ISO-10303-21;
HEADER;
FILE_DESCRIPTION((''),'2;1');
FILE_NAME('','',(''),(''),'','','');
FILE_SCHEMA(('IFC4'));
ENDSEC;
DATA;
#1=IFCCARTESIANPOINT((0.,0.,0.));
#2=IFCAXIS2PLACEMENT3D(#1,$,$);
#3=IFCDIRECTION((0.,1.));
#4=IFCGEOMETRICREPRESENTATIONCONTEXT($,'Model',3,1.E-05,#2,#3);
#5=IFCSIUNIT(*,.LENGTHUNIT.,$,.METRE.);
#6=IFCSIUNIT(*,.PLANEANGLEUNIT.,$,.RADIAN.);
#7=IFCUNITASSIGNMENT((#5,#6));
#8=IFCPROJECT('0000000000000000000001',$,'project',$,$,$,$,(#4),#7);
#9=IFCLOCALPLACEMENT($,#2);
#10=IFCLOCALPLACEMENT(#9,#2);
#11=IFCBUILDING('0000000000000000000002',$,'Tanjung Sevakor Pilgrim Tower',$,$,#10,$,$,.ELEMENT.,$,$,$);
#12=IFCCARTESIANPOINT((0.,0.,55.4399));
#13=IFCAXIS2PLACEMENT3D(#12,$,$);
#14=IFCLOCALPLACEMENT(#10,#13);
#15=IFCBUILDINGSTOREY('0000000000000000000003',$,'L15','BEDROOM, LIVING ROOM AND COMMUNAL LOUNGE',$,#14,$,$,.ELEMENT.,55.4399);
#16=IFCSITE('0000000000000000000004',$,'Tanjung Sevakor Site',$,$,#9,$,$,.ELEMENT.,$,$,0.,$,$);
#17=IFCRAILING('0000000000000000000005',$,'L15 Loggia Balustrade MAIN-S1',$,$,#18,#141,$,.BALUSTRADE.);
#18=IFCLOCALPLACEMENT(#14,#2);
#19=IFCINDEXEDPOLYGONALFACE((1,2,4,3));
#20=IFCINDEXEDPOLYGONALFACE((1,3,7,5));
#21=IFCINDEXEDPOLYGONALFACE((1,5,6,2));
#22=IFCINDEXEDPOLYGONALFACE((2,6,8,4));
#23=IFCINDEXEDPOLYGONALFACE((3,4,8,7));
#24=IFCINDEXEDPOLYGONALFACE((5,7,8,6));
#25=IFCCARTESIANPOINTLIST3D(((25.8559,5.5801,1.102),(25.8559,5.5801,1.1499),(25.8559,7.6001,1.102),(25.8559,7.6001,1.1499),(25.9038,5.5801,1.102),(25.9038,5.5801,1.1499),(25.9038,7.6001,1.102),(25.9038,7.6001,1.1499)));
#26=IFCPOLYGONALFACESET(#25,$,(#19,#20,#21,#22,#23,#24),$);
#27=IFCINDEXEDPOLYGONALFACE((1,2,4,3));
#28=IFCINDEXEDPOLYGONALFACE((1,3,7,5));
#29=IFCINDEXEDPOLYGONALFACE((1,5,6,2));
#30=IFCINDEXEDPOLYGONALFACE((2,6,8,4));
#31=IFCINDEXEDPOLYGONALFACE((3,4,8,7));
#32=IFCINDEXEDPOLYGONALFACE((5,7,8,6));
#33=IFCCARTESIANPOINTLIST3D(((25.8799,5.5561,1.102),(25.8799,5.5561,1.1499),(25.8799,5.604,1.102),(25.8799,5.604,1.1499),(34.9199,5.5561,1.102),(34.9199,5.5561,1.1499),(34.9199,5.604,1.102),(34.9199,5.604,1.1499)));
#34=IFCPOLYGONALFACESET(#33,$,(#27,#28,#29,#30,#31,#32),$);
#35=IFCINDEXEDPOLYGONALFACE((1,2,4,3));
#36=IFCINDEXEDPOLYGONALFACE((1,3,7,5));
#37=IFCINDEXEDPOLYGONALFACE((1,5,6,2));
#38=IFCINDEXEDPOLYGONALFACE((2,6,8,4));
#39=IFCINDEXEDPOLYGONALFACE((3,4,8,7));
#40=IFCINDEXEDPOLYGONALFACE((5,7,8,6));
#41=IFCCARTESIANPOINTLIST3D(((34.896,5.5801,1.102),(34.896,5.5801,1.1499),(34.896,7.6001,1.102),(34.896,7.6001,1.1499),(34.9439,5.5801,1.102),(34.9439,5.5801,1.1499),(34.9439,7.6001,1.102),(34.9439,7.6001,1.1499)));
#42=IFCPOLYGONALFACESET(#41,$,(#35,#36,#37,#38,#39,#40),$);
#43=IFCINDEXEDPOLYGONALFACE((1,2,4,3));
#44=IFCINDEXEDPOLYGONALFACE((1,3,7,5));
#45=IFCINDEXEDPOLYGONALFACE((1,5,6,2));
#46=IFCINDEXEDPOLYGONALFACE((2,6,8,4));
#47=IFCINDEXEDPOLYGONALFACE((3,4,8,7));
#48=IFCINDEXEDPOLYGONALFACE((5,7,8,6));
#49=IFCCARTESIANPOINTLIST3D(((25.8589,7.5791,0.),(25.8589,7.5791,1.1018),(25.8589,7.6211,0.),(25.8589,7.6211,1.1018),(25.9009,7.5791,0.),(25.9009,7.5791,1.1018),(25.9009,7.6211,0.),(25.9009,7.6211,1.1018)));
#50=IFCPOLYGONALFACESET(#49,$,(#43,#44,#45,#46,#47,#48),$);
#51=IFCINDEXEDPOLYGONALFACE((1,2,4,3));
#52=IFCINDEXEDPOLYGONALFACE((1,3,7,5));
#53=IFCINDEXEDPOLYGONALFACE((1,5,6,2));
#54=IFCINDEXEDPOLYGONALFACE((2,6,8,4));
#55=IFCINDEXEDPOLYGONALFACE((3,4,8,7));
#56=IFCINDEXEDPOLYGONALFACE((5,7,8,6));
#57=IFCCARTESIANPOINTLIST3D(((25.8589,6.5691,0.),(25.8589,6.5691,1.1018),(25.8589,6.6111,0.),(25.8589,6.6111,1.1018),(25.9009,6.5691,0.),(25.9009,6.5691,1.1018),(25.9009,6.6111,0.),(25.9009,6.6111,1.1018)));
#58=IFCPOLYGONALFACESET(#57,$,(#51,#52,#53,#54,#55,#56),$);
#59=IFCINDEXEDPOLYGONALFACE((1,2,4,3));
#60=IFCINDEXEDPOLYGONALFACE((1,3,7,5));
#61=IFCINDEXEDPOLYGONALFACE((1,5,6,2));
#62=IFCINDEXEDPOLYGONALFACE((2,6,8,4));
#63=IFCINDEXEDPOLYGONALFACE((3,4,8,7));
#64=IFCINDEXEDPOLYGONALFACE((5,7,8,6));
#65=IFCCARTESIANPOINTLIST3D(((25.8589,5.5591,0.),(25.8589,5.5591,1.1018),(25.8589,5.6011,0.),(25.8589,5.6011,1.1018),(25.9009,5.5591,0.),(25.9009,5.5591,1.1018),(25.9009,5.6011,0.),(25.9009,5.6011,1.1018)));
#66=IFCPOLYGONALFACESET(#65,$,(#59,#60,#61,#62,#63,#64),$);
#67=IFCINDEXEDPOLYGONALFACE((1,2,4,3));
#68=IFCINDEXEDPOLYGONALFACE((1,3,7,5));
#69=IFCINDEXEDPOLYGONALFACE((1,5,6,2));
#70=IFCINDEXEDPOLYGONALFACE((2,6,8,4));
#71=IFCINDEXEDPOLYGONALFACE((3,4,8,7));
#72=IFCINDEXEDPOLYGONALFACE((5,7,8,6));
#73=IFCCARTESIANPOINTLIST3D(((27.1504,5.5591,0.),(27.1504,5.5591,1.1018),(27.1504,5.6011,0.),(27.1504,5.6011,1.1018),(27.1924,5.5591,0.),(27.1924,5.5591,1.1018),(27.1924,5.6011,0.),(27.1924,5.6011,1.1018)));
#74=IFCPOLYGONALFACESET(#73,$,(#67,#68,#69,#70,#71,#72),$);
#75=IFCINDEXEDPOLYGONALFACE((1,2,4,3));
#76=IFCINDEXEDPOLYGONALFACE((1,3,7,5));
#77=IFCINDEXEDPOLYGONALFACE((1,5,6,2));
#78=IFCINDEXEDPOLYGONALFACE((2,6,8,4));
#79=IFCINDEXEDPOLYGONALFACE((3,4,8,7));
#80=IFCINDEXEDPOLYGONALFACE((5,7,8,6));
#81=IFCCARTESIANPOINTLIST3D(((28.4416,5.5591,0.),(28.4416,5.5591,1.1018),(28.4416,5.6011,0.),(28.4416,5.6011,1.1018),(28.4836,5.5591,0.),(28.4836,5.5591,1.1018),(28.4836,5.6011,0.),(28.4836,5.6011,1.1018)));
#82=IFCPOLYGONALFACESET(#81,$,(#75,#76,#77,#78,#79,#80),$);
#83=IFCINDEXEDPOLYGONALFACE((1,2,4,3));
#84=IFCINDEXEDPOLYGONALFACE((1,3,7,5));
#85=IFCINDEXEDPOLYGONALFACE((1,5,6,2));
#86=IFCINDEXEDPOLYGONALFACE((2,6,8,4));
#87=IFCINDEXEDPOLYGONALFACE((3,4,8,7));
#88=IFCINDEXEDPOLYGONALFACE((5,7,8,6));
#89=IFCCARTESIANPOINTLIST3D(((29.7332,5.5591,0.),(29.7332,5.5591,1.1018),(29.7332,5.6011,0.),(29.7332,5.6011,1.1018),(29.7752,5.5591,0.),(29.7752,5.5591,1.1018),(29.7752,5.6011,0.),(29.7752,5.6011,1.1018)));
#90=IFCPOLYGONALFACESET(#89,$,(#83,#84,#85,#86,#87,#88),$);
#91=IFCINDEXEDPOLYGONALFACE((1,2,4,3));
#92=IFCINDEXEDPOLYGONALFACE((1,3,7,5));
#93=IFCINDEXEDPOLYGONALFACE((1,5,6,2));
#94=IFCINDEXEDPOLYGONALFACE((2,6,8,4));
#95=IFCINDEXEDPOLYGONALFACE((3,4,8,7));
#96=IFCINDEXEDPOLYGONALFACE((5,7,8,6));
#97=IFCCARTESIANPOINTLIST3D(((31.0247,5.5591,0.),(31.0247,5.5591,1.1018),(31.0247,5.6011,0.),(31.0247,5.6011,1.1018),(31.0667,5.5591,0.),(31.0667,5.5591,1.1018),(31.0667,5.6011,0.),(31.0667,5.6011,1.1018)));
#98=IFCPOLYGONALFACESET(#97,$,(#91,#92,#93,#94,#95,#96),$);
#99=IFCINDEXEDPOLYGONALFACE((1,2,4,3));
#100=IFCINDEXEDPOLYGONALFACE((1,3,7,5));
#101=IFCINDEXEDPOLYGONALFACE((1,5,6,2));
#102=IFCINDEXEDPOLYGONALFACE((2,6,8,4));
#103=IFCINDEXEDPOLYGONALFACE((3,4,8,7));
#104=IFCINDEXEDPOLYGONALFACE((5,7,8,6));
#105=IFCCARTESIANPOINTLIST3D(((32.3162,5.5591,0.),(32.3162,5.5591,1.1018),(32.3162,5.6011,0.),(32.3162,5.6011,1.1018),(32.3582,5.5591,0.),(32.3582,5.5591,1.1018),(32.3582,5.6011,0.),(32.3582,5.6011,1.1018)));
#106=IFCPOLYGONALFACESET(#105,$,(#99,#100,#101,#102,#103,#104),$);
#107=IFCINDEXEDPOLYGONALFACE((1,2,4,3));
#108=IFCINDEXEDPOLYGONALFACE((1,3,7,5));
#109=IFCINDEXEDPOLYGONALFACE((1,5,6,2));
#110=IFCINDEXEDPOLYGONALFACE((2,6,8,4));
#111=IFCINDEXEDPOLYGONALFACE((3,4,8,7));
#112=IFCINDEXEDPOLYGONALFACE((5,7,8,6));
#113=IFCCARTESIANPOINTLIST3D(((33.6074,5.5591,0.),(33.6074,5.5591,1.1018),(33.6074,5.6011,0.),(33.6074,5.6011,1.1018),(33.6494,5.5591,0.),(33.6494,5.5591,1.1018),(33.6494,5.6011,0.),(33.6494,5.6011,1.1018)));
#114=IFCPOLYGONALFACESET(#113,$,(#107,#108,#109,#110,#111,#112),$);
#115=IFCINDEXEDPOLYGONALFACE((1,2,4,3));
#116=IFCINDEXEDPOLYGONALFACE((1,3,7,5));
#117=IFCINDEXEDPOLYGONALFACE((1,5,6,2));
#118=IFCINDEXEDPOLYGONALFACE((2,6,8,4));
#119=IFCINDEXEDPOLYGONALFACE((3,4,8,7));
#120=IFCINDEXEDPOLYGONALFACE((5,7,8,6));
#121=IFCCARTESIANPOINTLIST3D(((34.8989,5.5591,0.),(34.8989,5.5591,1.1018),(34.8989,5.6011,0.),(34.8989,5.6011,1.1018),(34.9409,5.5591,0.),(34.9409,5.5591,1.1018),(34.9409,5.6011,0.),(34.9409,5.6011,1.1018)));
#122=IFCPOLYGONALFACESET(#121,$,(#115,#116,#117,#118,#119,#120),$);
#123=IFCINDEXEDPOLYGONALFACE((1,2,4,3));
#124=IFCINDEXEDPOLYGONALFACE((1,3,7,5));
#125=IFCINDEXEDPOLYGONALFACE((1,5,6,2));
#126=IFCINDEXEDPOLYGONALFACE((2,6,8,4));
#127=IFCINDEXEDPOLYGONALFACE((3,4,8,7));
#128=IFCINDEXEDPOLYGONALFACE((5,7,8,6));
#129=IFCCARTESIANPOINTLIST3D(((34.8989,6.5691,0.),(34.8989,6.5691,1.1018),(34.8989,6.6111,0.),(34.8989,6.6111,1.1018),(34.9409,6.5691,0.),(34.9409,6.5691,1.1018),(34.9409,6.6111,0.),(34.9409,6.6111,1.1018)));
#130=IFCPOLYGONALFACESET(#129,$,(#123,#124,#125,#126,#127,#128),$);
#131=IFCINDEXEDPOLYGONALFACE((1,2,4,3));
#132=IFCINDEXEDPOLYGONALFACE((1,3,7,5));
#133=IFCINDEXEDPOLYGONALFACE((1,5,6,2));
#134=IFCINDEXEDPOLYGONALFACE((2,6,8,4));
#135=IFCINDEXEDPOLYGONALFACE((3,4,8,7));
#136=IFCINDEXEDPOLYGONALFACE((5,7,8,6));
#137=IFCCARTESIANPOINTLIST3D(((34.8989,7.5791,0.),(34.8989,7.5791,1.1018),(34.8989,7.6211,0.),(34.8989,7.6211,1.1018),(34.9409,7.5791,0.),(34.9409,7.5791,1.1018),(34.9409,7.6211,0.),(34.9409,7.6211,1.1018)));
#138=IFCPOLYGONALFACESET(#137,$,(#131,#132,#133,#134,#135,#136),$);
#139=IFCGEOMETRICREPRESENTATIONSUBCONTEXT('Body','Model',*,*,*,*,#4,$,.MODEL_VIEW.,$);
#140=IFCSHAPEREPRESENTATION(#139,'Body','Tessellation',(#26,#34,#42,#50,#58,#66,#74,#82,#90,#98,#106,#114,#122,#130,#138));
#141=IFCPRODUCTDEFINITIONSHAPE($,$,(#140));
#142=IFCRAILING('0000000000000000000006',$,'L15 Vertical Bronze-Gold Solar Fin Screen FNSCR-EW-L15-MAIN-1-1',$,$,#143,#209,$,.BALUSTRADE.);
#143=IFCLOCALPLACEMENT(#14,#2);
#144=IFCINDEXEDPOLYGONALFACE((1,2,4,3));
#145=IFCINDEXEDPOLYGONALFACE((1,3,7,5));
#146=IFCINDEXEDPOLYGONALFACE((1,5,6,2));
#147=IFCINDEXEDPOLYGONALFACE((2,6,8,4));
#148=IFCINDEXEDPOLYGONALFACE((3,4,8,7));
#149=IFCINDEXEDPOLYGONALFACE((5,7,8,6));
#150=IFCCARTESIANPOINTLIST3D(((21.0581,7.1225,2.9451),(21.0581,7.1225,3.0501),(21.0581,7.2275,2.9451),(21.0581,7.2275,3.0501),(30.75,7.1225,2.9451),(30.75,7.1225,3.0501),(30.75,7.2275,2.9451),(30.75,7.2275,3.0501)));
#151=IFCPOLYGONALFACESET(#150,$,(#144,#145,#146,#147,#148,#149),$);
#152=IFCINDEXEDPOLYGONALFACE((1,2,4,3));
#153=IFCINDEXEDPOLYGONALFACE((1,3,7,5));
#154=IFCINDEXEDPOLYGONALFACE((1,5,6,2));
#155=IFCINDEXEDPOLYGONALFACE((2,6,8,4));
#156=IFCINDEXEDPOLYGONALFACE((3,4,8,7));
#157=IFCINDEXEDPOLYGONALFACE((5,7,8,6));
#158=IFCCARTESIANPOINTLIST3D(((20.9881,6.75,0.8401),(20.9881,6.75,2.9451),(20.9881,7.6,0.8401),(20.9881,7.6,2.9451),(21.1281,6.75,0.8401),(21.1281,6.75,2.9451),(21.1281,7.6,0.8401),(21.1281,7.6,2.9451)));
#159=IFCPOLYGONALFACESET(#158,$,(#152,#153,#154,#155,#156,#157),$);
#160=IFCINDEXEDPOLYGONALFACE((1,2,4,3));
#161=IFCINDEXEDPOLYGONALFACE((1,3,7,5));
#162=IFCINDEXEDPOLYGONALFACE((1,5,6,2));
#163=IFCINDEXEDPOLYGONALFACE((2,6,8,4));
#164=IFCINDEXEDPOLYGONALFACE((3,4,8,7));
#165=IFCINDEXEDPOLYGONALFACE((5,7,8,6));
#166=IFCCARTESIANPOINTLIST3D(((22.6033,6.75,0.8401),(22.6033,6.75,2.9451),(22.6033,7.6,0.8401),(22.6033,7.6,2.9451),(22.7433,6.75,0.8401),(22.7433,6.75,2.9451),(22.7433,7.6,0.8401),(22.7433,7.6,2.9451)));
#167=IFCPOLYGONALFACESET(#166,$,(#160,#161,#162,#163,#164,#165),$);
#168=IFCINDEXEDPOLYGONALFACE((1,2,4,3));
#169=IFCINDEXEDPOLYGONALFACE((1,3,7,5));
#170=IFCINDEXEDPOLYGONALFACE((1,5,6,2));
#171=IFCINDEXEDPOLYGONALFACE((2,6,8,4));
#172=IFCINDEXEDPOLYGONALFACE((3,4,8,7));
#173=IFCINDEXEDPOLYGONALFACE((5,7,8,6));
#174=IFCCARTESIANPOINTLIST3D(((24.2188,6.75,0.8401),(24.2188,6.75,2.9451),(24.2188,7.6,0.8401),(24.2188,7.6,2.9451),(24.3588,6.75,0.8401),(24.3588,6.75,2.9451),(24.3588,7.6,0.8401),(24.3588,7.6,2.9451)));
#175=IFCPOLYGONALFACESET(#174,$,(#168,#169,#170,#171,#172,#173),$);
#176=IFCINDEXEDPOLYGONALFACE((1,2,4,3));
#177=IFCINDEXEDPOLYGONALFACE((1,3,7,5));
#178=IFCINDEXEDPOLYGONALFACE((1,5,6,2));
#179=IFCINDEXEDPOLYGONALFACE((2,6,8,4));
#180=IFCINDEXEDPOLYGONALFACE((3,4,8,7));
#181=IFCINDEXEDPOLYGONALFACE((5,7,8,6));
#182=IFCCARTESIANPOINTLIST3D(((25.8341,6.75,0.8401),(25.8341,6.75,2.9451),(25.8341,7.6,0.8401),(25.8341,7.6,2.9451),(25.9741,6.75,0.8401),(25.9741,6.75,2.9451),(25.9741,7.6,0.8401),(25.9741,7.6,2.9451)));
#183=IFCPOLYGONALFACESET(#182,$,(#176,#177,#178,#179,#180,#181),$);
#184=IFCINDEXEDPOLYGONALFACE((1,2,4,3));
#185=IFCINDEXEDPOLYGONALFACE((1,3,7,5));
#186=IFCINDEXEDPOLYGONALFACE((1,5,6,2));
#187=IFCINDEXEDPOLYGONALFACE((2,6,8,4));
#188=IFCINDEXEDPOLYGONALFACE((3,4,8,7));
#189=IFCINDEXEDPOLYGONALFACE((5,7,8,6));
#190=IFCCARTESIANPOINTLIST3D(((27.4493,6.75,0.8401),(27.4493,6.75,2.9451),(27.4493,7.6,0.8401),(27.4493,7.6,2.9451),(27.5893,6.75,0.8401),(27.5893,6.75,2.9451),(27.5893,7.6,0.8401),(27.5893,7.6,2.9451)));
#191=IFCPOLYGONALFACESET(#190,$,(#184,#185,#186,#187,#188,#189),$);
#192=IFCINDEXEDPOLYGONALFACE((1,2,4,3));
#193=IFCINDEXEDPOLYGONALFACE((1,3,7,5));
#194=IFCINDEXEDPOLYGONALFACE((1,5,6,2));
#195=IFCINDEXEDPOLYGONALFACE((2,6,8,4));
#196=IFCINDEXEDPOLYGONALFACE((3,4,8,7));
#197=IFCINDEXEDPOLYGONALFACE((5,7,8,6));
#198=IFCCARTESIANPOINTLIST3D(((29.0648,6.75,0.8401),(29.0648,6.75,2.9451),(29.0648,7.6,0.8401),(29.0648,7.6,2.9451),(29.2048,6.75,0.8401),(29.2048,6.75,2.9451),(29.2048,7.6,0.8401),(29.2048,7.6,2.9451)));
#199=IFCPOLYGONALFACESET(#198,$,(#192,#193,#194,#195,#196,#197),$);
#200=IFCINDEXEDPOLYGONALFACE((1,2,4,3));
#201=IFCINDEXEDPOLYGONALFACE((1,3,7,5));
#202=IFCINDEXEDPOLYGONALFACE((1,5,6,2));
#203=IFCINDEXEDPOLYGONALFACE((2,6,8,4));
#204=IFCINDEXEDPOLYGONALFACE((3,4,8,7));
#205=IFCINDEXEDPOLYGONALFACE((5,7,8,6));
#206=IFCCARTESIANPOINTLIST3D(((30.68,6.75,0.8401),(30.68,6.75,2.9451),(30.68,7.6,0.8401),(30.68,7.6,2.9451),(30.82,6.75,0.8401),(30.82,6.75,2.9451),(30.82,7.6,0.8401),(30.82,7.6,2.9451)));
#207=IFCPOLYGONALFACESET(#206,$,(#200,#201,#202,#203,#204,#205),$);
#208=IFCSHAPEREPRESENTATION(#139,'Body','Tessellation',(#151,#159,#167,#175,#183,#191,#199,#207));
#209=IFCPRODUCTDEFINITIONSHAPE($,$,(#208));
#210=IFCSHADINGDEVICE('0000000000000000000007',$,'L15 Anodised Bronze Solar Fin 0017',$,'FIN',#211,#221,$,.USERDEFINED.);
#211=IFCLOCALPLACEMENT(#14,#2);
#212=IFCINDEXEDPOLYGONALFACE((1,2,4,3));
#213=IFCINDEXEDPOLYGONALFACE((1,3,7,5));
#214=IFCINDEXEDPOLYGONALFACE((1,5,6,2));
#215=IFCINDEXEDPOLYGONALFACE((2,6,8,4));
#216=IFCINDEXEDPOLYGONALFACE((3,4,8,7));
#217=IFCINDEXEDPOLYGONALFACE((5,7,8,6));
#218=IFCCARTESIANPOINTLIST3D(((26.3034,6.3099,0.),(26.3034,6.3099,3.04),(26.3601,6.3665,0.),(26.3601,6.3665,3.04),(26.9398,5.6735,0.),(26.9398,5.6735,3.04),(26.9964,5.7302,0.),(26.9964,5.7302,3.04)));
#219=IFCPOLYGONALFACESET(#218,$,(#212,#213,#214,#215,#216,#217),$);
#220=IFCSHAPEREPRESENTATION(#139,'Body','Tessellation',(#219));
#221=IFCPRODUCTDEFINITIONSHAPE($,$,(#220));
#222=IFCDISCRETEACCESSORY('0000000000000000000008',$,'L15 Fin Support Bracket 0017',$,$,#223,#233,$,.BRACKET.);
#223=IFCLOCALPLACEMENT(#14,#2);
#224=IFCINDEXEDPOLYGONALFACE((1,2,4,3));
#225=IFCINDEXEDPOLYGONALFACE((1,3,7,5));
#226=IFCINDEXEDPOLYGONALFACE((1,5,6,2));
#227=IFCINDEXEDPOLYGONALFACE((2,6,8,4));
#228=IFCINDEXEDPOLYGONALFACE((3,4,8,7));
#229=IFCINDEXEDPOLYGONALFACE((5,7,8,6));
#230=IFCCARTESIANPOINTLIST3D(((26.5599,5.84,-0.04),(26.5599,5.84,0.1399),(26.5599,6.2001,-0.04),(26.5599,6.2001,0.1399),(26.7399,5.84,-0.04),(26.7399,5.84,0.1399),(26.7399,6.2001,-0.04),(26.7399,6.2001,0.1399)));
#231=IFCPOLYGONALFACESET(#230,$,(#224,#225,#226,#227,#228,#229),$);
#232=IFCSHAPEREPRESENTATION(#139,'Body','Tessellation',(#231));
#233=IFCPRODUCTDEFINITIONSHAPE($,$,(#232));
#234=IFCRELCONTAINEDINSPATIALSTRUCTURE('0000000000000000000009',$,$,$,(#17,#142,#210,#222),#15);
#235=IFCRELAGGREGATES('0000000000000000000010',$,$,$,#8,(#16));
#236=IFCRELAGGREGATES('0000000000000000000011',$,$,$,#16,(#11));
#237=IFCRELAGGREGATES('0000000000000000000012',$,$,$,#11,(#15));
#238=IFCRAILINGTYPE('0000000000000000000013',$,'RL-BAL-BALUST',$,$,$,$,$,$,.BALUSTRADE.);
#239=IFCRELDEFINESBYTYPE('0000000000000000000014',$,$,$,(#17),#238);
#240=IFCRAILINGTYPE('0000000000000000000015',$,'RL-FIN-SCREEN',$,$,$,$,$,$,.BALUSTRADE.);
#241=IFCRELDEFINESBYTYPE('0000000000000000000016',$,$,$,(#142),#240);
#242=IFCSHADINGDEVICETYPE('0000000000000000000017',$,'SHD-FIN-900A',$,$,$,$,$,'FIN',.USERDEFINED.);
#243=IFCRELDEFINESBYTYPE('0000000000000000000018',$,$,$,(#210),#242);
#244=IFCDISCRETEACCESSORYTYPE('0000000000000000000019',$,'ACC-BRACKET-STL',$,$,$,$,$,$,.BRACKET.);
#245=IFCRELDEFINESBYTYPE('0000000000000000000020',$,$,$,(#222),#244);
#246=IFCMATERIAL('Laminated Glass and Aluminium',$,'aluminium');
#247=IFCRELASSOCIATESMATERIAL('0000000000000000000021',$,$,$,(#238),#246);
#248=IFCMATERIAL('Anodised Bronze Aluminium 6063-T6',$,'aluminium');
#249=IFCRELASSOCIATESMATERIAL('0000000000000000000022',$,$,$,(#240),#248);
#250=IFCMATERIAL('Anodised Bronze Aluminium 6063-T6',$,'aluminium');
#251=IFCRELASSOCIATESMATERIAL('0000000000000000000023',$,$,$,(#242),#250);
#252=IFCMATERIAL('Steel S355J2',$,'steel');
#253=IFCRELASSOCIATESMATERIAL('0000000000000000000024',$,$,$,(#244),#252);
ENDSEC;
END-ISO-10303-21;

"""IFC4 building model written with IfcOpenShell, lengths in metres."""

from ifc_helpers import new_model, si_unit, direction, frame, origin, origin_2d, place, context, subcontext, project, spatial, rectangle, extrude, material, type_object, element, save


model = new_model("IFC4")

# Units and contexts
model_context = context("Model", 3, precision=1e-05, world=origin(), true_north=direction((0.0, 1.0)))
body_context = subcontext(model_context, "Body", "Model", "MODEL_VIEW")
ifc_project = project(units=[si_unit("LENGTHUNIT", "METRE"), si_unit("PLANEANGLEUNIT", "RADIAN")], contexts=[model_context])

# Site, building, storey
site_placement = place(None, origin())
site = spatial("IfcSite", under=ifc_project, at=site_placement, Name="Tanjung Sevakor Site", CompositionType="ELEMENT", RefElevation=0.0)
building_placement = place(site_placement, origin())
building = spatial("IfcBuilding", under=site, at=building_placement, Name="Tanjung Sevakor Pilgrim Tower", CompositionType="ELEMENT")
storey_placement = place(building_placement, frame((0.0, 0.0, 55.4399)))
storey = spatial("IfcBuildingStorey", under=building, at=storey_placement, Name="L15", Description="BEDROOM, LIVING ROOM AND COMMUNAL LOUNGE", CompositionType="ELEMENT", Elevation=55.4399)

# Railings
ifc_material_1 = material(Name="Laminated Glass and Aluminium", Category="aluminium")
railing_type_1 = type_object("IfcRailingType", Name="RL-BAL-BALUST", PredefinedType="BALUSTRADE", material=ifc_material_1)
railing_1_placement = place(storey_placement, frame((25.8799, 7.6001, 0.0)))
element("IfcRailing", 1, at=railing_1_placement, inside=storey, type_object=railing_type_1, Name="L15 Loggia Balustrade MAIN-S1", PredefinedType="BALUSTRADE", context=body_context, shape_type="SweptSolid", body=[
    extrude(rectangle(XDim=0.0479, YDim=0.0479), frame((0.0, 0.0, 1.126), z_axis=(0.0, -1.0, 0.0), x_axis=(1.0, 0.0, 0.0)), (0.0, 0.0, 1.0), 2.02),
    extrude(rectangle(XDim=0.0479, YDim=0.0479), frame((0.0, -2.02, 1.126), z_axis=(1.0, 0.0, 0.0), x_axis=(0.0, 1.0, 0.0)), (0.0, 0.0, 1.0), 9.04),
    extrude(rectangle(XDim=0.0479, YDim=0.0479), frame((9.04, -2.02, 1.126), z_axis=(0.0, 1.0, 0.0), x_axis=(-1.0, 0.0, 0.0)), (0.0, 0.0, 1.0), 2.02),
    extrude(rectangle(XDim=0.042, YDim=0.042), origin(), (0.0, 0.0, 1.0), 1.1018),
    extrude(rectangle(XDim=0.042, YDim=0.042), frame((0.0, -1.01, 0.0)), (0.0, 0.0, 1.0), 1.1018),
    extrude(rectangle(XDim=0.042, YDim=0.042), frame((0.0, -2.02, 0.0)), (0.0, 0.0, 1.0), 1.1018),
    extrude(rectangle(XDim=0.042, YDim=0.042), frame((1.2915, -2.02, 0.0)), (0.0, 0.0, 1.0), 1.1018),
    extrude(rectangle(XDim=0.042, YDim=0.042), frame((2.5828, -2.02, 0.0)), (0.0, 0.0, 1.0), 1.1018),
    extrude(rectangle(XDim=0.042, YDim=0.042), frame((3.8743, -2.02, 0.0)), (0.0, 0.0, 1.0), 1.1018),
    extrude(rectangle(XDim=0.042, YDim=0.042), frame((5.1658, -2.02, 0.0)), (0.0, 0.0, 1.0), 1.1018),
    extrude(rectangle(XDim=0.042, YDim=0.042), frame((6.4573, -2.02, 0.0)), (0.0, 0.0, 1.0), 1.1018),
    extrude(rectangle(XDim=0.042, YDim=0.042), frame((7.7485, -2.02, 0.0)), (0.0, 0.0, 1.0), 1.1018),
    extrude(rectangle(XDim=0.042, YDim=0.042), frame((9.04, -2.02, 0.0)), (0.0, 0.0, 1.0), 1.1018),
    extrude(rectangle(XDim=0.042, YDim=0.042), frame((9.04, -1.01, 0.0)), (0.0, 0.0, 1.0), 1.1018),
    extrude(rectangle(XDim=0.042, YDim=0.042), frame((9.04, 0.0, 0.0)), (0.0, 0.0, 1.0), 1.1018),
])
ifc_material_2 = material(Name="Anodised Bronze Aluminium 6063-T6", Category="aluminium")
railing_type_2 = type_object("IfcRailingType", Name="RL-FIN-SCREEN", PredefinedType="BALUSTRADE", material=ifc_material_2)
railing_2_placement = place(storey_placement, frame((21.0581, 7.175, 0.8401)))
element("IfcRailing", 2, at=railing_2_placement, inside=storey, type_object=railing_type_2, Name="L15 Vertical Bronze-Gold Solar Fin Screen FNSCR-EW-L15-MAIN-1-1", PredefinedType="BALUSTRADE", context=body_context, shape_type="SweptSolid", body=[
    extrude(rectangle(XDim=0.105, YDim=0.105), frame((0.0, 0.0, 2.1575), z_axis=(1.0, 0.0, 0.0), x_axis=(0.0, 1.0, 0.0)), (0.0, 0.0, 1.0), 9.6919),
    extrude(rectangle(XDim=0.14, YDim=0.85), origin(), (0.0, 0.0, 1.0), 2.105),
    extrude(rectangle(XDim=0.14, YDim=0.85), frame((1.6152, 0.0, 0.0)), (0.0, 0.0, 1.0), 2.105),
    extrude(rectangle(XDim=0.14, YDim=0.85), frame((3.2307, 0.0, 0.0)), (0.0, 0.0, 1.0), 2.105),
    extrude(rectangle(XDim=0.14, YDim=0.85), frame((4.8459, 0.0, 0.0)), (0.0, 0.0, 1.0), 2.105),
    extrude(rectangle(XDim=0.14, YDim=0.85), frame((6.4612, 0.0, 0.0)), (0.0, 0.0, 1.0), 2.105),
    extrude(rectangle(XDim=0.14, YDim=0.85), frame((8.0767, 0.0, 0.0)), (0.0, 0.0, 1.0), 2.105),
    extrude(rectangle(XDim=0.14, YDim=0.85), frame((9.6919, 0.0, 0.0)), (0.0, 0.0, 1.0), 2.105),
])

# Shading device
ifc_material_3 = material(Name="Anodised Bronze Aluminium 6063-T6", Category="aluminium")
shading_device_type = type_object("IfcShadingDeviceType", Name="SHD-FIN-900A", ElementType="FIN", PredefinedType="USERDEFINED", material=ifc_material_3)
shading_device_placement = place(storey_placement, frame((26.6499, 6.02, 0.0), z_axis=(0.0, 0.0, 1.0), x_axis=(0.707107, 0.707107, 0.0)))
element("IfcShadingDevice", 3, at=shading_device_placement, inside=storey, type_object=shading_device_type, Name="L15 Anodised Bronze Solar Fin 0017", ObjectType="FIN", PredefinedType="USERDEFINED", context=body_context, shape_type="SweptSolid", body=[
    extrude(rectangle(XDim=0.0801, YDim=0.8999, at=origin_2d()), origin(), (0.0, 0.0, 1.0), 3.04),
])

# Discrete accessory
ifc_material_4 = material(Name="Steel S355J2", Category="steel")
discrete_accessory_type = type_object("IfcDiscreteAccessoryType", Name="ACC-BRACKET-STL", PredefinedType="BRACKET", material=ifc_material_4)
discrete_accessory_placement = place(storey_placement, frame((26.6499, 6.02, -0.04), z_axis=(0.0, 0.0, 1.0), x_axis=(1.0, 0.0, 0.0)))
element("IfcDiscreteAccessory", 4, at=discrete_accessory_placement, inside=storey, type_object=discrete_accessory_type, Name="L15 Fin Support Bracket 0017", PredefinedType="BRACKET", context=body_context, shape_type="SweptSolid", body=[
    extrude(rectangle(XDim=0.1799, YDim=0.3601, at=origin_2d()), origin(), (0.0, 0.0, 1.0), 0.1799),
])

save(model, "model.ifc")
